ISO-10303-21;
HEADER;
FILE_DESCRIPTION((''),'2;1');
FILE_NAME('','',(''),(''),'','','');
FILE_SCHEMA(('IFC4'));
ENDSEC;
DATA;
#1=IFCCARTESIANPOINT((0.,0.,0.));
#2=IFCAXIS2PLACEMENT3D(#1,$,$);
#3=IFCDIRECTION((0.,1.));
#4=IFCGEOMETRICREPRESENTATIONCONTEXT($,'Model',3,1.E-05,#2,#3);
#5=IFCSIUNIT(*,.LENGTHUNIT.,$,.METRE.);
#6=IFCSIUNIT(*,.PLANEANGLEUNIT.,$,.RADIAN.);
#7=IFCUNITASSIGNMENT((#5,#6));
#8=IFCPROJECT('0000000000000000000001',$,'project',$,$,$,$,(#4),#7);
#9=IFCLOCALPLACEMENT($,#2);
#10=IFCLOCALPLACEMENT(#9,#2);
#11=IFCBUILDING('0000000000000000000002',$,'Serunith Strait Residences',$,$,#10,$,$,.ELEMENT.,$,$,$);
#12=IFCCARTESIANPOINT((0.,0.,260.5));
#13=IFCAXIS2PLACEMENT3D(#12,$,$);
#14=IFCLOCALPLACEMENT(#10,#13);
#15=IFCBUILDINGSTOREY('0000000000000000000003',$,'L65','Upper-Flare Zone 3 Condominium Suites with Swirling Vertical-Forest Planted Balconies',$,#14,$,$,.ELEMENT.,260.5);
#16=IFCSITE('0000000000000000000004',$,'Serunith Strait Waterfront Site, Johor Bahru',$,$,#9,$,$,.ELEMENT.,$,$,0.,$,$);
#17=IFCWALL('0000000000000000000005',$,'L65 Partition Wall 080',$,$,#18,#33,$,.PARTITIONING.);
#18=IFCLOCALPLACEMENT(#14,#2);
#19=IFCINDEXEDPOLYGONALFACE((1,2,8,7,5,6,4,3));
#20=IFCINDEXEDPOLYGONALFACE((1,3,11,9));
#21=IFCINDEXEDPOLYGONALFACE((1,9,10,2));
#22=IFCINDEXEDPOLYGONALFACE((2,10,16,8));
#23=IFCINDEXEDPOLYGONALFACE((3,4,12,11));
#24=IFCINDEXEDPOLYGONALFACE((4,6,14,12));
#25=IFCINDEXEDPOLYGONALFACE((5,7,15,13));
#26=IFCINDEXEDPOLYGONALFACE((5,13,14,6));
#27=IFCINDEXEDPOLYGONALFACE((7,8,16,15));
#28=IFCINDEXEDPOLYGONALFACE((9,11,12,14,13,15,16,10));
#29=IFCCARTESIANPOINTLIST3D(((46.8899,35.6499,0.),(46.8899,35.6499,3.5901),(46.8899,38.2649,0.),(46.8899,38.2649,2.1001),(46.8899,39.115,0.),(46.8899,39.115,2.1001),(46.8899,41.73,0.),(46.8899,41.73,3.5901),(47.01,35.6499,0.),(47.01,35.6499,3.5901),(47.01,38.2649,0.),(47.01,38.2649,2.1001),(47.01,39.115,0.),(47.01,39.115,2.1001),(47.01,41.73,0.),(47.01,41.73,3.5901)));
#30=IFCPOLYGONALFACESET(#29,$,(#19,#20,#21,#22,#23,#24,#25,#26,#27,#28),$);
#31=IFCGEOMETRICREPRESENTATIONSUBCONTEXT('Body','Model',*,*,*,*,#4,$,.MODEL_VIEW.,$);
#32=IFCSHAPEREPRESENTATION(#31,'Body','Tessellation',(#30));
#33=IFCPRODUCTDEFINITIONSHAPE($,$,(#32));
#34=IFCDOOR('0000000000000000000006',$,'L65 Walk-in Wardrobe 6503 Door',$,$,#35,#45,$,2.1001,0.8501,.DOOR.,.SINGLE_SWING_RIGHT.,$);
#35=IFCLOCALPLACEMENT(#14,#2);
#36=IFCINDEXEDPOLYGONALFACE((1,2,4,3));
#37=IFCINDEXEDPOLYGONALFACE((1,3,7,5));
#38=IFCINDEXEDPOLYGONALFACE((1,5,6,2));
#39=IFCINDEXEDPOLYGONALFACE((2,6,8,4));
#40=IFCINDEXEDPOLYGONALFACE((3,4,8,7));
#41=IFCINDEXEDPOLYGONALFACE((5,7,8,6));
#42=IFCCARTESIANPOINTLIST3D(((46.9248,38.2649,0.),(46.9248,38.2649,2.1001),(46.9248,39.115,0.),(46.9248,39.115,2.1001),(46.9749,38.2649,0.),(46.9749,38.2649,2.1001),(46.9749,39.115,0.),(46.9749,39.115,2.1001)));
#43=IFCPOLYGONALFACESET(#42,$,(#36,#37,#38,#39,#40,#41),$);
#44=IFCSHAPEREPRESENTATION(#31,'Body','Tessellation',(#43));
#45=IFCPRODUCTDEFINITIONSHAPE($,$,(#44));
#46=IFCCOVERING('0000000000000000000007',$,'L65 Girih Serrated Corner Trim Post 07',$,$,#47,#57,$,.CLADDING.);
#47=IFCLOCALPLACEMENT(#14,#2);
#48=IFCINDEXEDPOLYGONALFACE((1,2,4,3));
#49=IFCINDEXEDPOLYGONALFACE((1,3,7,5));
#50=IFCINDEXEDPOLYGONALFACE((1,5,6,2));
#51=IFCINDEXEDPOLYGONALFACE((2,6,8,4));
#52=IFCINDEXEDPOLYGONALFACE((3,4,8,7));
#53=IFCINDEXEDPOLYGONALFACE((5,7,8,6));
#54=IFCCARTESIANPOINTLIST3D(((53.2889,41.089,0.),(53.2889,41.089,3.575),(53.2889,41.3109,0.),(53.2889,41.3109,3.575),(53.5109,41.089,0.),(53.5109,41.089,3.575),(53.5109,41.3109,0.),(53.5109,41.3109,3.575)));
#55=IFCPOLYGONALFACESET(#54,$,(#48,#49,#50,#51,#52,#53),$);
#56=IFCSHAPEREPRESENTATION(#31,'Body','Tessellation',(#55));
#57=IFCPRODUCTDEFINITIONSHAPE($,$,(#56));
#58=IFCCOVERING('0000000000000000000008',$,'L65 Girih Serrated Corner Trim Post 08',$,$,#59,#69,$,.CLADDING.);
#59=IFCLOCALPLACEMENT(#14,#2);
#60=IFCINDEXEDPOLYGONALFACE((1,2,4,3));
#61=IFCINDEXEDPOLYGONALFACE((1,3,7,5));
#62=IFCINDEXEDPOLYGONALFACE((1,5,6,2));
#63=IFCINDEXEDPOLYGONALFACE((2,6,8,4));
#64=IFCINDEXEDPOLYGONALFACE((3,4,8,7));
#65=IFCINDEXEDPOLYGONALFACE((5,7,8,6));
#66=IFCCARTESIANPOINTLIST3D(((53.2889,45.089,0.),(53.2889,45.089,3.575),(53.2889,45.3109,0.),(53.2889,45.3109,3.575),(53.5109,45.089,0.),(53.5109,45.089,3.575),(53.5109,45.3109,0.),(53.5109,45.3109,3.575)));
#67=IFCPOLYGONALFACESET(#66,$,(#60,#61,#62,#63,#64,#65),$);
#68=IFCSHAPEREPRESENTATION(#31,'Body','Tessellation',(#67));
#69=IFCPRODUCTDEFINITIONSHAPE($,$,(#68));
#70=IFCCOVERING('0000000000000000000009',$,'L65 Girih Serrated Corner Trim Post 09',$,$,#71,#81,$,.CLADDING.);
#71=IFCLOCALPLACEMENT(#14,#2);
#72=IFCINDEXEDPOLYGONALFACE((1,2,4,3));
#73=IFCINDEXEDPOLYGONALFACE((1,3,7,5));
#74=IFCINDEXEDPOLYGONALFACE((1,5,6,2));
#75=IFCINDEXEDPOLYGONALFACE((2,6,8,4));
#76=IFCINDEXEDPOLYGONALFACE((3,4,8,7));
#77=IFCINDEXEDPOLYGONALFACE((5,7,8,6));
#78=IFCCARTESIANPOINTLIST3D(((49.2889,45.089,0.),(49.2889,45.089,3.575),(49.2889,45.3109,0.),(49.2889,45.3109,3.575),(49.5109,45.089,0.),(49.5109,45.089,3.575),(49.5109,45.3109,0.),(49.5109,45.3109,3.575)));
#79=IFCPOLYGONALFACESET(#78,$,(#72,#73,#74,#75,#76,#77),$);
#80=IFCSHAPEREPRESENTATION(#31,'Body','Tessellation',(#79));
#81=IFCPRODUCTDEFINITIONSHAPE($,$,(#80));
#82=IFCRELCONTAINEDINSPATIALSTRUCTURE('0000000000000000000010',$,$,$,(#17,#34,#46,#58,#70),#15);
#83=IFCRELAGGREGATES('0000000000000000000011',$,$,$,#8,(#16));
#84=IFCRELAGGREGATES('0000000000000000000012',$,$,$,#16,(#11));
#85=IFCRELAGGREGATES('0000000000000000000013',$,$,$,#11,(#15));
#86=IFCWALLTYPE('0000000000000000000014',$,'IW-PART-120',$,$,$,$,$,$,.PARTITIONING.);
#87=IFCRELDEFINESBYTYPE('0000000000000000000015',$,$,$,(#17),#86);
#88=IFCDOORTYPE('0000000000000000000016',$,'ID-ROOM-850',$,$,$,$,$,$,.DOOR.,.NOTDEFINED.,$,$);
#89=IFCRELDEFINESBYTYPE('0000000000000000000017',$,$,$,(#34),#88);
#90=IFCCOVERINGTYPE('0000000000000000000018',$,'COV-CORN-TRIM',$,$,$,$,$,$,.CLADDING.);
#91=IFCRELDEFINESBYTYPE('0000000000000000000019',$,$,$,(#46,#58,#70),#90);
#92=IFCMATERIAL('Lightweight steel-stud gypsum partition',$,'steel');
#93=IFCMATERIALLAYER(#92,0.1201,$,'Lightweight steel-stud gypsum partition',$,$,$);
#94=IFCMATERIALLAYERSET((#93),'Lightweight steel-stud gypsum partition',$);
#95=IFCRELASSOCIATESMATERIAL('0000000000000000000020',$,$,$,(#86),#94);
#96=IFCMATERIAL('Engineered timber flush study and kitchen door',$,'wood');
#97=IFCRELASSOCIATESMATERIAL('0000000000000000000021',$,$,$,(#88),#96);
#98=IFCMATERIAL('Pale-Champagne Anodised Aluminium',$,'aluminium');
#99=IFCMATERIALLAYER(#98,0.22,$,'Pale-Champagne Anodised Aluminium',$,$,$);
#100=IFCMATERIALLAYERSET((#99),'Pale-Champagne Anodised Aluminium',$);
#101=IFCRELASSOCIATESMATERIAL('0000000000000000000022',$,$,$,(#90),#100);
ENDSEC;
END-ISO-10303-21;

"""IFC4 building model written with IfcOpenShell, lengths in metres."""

from ifc_helpers import new_model, si_unit, direction, frame, frame_2d, origin, origin_2d, place, context, subcontext, project, spatial, rectangle, extrude, source, transform, mapped, material, layer, layer_set, type_object, element, fill, save


model = new_model("IFC4")

# Units and contexts
model_context = context("Model", 3, precision=1e-05, world=origin(), true_north=direction((0.0, 1.0)))
body_context = subcontext(model_context, "Body", "Model", "MODEL_VIEW")
ifc_project = project(units=[si_unit("LENGTHUNIT", "METRE"), si_unit("PLANEANGLEUNIT", "RADIAN")], contexts=[model_context])

# Site, building, storey
site_placement = place(None, origin())
site = spatial("IfcSite", under=ifc_project, at=site_placement, Name="Serunith Strait Waterfront Site, Johor Bahru", CompositionType="ELEMENT", RefElevation=0.0)
building_placement = place(site_placement, origin())
building = spatial("IfcBuilding", under=site, at=building_placement, Name="Serunith Strait Residences", CompositionType="ELEMENT")
storey_placement = place(building_placement, frame((0.0, 0.0, 260.5)))
storey = spatial("IfcBuildingStorey", under=building, at=storey_placement, Name="L65", Description="Upper-Flare Zone 3 Condominium Suites with Swirling Vertical-Forest Planted Balconies", CompositionType="ELEMENT", Elevation=260.5)

# Shared definitions
ifc_material_1 = material(Name="Pale-Champagne Anodised Aluminium", Category="aluminium")

# Shared definitions
ifc_material_2 = material(Name="Lightweight steel-stud gypsum partition", Category="steel")
ifc_layer_1 = layer(ifc_material_2, 0.1201, Name="Lightweight steel-stud gypsum partition")
ifc_layer_set_1 = layer_set([ifc_layer_1], Name="Lightweight steel-stud gypsum partition")
wall_type_1 = type_object("IfcWallType", Name="IW-PART-120", PredefinedType="PARTITIONING", material=ifc_layer_set_1)

# Wall, opening, door
wall_1_placement = place(storey_placement, frame((46.95, 41.73, 0.0), z_axis=(0.0, 0.0, 1.0), x_axis=(0.0, -1.0, 0.0)))
wall_1 = element("IfcWall", 1, at=wall_1_placement, inside=storey, type_object=wall_type_1, Name="L65 Partition Wall 080", PredefinedType="PARTITIONING", context=body_context, shape_type="SweptSolid", body=[
    extrude(rectangle(XDim=6.0801, YDim=0.1201, at=frame_2d((3.04, 0.0))), origin(), (0.0, 0.0, 1.0), 3.5901),
])
opening_1_placement = place(wall_1_placement, frame((2.615, 0.0, 0.0)))
opening_1 = element("IfcOpeningElement", 2, at=opening_1_placement, cuts=wall_1, PredefinedType="OPENING", context=body_context, shape_type="SweptSolid", body=[
    extrude(rectangle(XDim=0.8501, YDim=2.1001, at=frame_2d((0.425, 1.05))), frame((0.0, 0.0701, 0.0), z_axis=(0.0, -1.0, 0.0), x_axis=(1.0, 0.0, 0.0)), (0.0, 0.0, 1.0), 0.1401),
])
ifc_material_3 = material(Name="Engineered timber flush study and kitchen door", Category="wood")
door_type_1 = type_object("IfcDoorType", Name="ID-ROOM-850", OperationType="NOTDEFINED", PredefinedType="DOOR", material=ifc_material_3)
shared_shape_1 = source(origin(), body_context, "Body", "SweptSolid", [
    extrude(rectangle(XDim=0.8501, YDim=2.1001, at=frame_2d((0.425, 1.05))), frame((0.0, 0.0249, 0.0), z_axis=(0.0, -1.0, 0.0), x_axis=(1.0, 0.0, 0.0)), (0.0, 0.0, 1.0), 0.05),
])
door_1_placement = place(opening_1_placement, origin())
door_1 = element("IfcDoor", 3, at=door_1_placement, inside=storey, type_object=door_type_1, Name="L65 Walk-in Wardrobe 6503 Door", OperationType="SINGLE_SWING_RIGHT", OverallHeight=2.1001, OverallWidth=0.8501, PredefinedType="DOOR", context=body_context, shape_type="MappedRepresentation", body=[
    mapped(shared_shape_1, transform((0.0, 0.0, 0.0), scale=1.0)),
])
fill(opening_1, door_1)

# Coverings
ifc_layer_2 = layer(ifc_material_1, 0.22, Name="Pale-Champagne Anodised Aluminium")
ifc_layer_set_2 = layer_set([ifc_layer_2], Name="Pale-Champagne Anodised Aluminium")
covering_type = type_object("IfcCoveringType", Name="COV-CORN-TRIM", PredefinedType="CLADDING", material=ifc_layer_set_2)
shared_shape_2 = source(origin(), body_context, "Body", "SweptSolid", [
    extrude(rectangle(XDim=0.2219, YDim=0.2219, at=origin_2d()), origin(), (0.0, 0.0, 1.0), 3.575),
])
for number, where, z_axis, x_axis, name in (
    (4, (53.3999, 41.2, 0.0), (0.0, 0.0, 1.0), (1.0, 0.0, 0.0), "L65 Girih Serrated Corner Trim Post 07"),
    (5, (53.3999, 45.2, 0.0), (0.0, 0.0, 1.0), (1.0, 0.0, 0.0), "L65 Girih Serrated Corner Trim Post 08"),
    (6, (49.3999, 45.2, 0.0), (0.0, 0.0, 1.0), (1.0, 0.0, 0.0), "L65 Girih Serrated Corner Trim Post 09"),
):
    element("IfcCovering", number, at=place(storey_placement, frame(where, z_axis=z_axis, x_axis=x_axis)), inside=storey, type_object=covering_type, Name=name, PredefinedType="CLADDING", context=body_context, shape_type="MappedRepresentation", body=[
        mapped(shared_shape_2, transform((0.0, 0.0, 0.0), scale=1.0)),
    ])

save(model, "model.ifc")
